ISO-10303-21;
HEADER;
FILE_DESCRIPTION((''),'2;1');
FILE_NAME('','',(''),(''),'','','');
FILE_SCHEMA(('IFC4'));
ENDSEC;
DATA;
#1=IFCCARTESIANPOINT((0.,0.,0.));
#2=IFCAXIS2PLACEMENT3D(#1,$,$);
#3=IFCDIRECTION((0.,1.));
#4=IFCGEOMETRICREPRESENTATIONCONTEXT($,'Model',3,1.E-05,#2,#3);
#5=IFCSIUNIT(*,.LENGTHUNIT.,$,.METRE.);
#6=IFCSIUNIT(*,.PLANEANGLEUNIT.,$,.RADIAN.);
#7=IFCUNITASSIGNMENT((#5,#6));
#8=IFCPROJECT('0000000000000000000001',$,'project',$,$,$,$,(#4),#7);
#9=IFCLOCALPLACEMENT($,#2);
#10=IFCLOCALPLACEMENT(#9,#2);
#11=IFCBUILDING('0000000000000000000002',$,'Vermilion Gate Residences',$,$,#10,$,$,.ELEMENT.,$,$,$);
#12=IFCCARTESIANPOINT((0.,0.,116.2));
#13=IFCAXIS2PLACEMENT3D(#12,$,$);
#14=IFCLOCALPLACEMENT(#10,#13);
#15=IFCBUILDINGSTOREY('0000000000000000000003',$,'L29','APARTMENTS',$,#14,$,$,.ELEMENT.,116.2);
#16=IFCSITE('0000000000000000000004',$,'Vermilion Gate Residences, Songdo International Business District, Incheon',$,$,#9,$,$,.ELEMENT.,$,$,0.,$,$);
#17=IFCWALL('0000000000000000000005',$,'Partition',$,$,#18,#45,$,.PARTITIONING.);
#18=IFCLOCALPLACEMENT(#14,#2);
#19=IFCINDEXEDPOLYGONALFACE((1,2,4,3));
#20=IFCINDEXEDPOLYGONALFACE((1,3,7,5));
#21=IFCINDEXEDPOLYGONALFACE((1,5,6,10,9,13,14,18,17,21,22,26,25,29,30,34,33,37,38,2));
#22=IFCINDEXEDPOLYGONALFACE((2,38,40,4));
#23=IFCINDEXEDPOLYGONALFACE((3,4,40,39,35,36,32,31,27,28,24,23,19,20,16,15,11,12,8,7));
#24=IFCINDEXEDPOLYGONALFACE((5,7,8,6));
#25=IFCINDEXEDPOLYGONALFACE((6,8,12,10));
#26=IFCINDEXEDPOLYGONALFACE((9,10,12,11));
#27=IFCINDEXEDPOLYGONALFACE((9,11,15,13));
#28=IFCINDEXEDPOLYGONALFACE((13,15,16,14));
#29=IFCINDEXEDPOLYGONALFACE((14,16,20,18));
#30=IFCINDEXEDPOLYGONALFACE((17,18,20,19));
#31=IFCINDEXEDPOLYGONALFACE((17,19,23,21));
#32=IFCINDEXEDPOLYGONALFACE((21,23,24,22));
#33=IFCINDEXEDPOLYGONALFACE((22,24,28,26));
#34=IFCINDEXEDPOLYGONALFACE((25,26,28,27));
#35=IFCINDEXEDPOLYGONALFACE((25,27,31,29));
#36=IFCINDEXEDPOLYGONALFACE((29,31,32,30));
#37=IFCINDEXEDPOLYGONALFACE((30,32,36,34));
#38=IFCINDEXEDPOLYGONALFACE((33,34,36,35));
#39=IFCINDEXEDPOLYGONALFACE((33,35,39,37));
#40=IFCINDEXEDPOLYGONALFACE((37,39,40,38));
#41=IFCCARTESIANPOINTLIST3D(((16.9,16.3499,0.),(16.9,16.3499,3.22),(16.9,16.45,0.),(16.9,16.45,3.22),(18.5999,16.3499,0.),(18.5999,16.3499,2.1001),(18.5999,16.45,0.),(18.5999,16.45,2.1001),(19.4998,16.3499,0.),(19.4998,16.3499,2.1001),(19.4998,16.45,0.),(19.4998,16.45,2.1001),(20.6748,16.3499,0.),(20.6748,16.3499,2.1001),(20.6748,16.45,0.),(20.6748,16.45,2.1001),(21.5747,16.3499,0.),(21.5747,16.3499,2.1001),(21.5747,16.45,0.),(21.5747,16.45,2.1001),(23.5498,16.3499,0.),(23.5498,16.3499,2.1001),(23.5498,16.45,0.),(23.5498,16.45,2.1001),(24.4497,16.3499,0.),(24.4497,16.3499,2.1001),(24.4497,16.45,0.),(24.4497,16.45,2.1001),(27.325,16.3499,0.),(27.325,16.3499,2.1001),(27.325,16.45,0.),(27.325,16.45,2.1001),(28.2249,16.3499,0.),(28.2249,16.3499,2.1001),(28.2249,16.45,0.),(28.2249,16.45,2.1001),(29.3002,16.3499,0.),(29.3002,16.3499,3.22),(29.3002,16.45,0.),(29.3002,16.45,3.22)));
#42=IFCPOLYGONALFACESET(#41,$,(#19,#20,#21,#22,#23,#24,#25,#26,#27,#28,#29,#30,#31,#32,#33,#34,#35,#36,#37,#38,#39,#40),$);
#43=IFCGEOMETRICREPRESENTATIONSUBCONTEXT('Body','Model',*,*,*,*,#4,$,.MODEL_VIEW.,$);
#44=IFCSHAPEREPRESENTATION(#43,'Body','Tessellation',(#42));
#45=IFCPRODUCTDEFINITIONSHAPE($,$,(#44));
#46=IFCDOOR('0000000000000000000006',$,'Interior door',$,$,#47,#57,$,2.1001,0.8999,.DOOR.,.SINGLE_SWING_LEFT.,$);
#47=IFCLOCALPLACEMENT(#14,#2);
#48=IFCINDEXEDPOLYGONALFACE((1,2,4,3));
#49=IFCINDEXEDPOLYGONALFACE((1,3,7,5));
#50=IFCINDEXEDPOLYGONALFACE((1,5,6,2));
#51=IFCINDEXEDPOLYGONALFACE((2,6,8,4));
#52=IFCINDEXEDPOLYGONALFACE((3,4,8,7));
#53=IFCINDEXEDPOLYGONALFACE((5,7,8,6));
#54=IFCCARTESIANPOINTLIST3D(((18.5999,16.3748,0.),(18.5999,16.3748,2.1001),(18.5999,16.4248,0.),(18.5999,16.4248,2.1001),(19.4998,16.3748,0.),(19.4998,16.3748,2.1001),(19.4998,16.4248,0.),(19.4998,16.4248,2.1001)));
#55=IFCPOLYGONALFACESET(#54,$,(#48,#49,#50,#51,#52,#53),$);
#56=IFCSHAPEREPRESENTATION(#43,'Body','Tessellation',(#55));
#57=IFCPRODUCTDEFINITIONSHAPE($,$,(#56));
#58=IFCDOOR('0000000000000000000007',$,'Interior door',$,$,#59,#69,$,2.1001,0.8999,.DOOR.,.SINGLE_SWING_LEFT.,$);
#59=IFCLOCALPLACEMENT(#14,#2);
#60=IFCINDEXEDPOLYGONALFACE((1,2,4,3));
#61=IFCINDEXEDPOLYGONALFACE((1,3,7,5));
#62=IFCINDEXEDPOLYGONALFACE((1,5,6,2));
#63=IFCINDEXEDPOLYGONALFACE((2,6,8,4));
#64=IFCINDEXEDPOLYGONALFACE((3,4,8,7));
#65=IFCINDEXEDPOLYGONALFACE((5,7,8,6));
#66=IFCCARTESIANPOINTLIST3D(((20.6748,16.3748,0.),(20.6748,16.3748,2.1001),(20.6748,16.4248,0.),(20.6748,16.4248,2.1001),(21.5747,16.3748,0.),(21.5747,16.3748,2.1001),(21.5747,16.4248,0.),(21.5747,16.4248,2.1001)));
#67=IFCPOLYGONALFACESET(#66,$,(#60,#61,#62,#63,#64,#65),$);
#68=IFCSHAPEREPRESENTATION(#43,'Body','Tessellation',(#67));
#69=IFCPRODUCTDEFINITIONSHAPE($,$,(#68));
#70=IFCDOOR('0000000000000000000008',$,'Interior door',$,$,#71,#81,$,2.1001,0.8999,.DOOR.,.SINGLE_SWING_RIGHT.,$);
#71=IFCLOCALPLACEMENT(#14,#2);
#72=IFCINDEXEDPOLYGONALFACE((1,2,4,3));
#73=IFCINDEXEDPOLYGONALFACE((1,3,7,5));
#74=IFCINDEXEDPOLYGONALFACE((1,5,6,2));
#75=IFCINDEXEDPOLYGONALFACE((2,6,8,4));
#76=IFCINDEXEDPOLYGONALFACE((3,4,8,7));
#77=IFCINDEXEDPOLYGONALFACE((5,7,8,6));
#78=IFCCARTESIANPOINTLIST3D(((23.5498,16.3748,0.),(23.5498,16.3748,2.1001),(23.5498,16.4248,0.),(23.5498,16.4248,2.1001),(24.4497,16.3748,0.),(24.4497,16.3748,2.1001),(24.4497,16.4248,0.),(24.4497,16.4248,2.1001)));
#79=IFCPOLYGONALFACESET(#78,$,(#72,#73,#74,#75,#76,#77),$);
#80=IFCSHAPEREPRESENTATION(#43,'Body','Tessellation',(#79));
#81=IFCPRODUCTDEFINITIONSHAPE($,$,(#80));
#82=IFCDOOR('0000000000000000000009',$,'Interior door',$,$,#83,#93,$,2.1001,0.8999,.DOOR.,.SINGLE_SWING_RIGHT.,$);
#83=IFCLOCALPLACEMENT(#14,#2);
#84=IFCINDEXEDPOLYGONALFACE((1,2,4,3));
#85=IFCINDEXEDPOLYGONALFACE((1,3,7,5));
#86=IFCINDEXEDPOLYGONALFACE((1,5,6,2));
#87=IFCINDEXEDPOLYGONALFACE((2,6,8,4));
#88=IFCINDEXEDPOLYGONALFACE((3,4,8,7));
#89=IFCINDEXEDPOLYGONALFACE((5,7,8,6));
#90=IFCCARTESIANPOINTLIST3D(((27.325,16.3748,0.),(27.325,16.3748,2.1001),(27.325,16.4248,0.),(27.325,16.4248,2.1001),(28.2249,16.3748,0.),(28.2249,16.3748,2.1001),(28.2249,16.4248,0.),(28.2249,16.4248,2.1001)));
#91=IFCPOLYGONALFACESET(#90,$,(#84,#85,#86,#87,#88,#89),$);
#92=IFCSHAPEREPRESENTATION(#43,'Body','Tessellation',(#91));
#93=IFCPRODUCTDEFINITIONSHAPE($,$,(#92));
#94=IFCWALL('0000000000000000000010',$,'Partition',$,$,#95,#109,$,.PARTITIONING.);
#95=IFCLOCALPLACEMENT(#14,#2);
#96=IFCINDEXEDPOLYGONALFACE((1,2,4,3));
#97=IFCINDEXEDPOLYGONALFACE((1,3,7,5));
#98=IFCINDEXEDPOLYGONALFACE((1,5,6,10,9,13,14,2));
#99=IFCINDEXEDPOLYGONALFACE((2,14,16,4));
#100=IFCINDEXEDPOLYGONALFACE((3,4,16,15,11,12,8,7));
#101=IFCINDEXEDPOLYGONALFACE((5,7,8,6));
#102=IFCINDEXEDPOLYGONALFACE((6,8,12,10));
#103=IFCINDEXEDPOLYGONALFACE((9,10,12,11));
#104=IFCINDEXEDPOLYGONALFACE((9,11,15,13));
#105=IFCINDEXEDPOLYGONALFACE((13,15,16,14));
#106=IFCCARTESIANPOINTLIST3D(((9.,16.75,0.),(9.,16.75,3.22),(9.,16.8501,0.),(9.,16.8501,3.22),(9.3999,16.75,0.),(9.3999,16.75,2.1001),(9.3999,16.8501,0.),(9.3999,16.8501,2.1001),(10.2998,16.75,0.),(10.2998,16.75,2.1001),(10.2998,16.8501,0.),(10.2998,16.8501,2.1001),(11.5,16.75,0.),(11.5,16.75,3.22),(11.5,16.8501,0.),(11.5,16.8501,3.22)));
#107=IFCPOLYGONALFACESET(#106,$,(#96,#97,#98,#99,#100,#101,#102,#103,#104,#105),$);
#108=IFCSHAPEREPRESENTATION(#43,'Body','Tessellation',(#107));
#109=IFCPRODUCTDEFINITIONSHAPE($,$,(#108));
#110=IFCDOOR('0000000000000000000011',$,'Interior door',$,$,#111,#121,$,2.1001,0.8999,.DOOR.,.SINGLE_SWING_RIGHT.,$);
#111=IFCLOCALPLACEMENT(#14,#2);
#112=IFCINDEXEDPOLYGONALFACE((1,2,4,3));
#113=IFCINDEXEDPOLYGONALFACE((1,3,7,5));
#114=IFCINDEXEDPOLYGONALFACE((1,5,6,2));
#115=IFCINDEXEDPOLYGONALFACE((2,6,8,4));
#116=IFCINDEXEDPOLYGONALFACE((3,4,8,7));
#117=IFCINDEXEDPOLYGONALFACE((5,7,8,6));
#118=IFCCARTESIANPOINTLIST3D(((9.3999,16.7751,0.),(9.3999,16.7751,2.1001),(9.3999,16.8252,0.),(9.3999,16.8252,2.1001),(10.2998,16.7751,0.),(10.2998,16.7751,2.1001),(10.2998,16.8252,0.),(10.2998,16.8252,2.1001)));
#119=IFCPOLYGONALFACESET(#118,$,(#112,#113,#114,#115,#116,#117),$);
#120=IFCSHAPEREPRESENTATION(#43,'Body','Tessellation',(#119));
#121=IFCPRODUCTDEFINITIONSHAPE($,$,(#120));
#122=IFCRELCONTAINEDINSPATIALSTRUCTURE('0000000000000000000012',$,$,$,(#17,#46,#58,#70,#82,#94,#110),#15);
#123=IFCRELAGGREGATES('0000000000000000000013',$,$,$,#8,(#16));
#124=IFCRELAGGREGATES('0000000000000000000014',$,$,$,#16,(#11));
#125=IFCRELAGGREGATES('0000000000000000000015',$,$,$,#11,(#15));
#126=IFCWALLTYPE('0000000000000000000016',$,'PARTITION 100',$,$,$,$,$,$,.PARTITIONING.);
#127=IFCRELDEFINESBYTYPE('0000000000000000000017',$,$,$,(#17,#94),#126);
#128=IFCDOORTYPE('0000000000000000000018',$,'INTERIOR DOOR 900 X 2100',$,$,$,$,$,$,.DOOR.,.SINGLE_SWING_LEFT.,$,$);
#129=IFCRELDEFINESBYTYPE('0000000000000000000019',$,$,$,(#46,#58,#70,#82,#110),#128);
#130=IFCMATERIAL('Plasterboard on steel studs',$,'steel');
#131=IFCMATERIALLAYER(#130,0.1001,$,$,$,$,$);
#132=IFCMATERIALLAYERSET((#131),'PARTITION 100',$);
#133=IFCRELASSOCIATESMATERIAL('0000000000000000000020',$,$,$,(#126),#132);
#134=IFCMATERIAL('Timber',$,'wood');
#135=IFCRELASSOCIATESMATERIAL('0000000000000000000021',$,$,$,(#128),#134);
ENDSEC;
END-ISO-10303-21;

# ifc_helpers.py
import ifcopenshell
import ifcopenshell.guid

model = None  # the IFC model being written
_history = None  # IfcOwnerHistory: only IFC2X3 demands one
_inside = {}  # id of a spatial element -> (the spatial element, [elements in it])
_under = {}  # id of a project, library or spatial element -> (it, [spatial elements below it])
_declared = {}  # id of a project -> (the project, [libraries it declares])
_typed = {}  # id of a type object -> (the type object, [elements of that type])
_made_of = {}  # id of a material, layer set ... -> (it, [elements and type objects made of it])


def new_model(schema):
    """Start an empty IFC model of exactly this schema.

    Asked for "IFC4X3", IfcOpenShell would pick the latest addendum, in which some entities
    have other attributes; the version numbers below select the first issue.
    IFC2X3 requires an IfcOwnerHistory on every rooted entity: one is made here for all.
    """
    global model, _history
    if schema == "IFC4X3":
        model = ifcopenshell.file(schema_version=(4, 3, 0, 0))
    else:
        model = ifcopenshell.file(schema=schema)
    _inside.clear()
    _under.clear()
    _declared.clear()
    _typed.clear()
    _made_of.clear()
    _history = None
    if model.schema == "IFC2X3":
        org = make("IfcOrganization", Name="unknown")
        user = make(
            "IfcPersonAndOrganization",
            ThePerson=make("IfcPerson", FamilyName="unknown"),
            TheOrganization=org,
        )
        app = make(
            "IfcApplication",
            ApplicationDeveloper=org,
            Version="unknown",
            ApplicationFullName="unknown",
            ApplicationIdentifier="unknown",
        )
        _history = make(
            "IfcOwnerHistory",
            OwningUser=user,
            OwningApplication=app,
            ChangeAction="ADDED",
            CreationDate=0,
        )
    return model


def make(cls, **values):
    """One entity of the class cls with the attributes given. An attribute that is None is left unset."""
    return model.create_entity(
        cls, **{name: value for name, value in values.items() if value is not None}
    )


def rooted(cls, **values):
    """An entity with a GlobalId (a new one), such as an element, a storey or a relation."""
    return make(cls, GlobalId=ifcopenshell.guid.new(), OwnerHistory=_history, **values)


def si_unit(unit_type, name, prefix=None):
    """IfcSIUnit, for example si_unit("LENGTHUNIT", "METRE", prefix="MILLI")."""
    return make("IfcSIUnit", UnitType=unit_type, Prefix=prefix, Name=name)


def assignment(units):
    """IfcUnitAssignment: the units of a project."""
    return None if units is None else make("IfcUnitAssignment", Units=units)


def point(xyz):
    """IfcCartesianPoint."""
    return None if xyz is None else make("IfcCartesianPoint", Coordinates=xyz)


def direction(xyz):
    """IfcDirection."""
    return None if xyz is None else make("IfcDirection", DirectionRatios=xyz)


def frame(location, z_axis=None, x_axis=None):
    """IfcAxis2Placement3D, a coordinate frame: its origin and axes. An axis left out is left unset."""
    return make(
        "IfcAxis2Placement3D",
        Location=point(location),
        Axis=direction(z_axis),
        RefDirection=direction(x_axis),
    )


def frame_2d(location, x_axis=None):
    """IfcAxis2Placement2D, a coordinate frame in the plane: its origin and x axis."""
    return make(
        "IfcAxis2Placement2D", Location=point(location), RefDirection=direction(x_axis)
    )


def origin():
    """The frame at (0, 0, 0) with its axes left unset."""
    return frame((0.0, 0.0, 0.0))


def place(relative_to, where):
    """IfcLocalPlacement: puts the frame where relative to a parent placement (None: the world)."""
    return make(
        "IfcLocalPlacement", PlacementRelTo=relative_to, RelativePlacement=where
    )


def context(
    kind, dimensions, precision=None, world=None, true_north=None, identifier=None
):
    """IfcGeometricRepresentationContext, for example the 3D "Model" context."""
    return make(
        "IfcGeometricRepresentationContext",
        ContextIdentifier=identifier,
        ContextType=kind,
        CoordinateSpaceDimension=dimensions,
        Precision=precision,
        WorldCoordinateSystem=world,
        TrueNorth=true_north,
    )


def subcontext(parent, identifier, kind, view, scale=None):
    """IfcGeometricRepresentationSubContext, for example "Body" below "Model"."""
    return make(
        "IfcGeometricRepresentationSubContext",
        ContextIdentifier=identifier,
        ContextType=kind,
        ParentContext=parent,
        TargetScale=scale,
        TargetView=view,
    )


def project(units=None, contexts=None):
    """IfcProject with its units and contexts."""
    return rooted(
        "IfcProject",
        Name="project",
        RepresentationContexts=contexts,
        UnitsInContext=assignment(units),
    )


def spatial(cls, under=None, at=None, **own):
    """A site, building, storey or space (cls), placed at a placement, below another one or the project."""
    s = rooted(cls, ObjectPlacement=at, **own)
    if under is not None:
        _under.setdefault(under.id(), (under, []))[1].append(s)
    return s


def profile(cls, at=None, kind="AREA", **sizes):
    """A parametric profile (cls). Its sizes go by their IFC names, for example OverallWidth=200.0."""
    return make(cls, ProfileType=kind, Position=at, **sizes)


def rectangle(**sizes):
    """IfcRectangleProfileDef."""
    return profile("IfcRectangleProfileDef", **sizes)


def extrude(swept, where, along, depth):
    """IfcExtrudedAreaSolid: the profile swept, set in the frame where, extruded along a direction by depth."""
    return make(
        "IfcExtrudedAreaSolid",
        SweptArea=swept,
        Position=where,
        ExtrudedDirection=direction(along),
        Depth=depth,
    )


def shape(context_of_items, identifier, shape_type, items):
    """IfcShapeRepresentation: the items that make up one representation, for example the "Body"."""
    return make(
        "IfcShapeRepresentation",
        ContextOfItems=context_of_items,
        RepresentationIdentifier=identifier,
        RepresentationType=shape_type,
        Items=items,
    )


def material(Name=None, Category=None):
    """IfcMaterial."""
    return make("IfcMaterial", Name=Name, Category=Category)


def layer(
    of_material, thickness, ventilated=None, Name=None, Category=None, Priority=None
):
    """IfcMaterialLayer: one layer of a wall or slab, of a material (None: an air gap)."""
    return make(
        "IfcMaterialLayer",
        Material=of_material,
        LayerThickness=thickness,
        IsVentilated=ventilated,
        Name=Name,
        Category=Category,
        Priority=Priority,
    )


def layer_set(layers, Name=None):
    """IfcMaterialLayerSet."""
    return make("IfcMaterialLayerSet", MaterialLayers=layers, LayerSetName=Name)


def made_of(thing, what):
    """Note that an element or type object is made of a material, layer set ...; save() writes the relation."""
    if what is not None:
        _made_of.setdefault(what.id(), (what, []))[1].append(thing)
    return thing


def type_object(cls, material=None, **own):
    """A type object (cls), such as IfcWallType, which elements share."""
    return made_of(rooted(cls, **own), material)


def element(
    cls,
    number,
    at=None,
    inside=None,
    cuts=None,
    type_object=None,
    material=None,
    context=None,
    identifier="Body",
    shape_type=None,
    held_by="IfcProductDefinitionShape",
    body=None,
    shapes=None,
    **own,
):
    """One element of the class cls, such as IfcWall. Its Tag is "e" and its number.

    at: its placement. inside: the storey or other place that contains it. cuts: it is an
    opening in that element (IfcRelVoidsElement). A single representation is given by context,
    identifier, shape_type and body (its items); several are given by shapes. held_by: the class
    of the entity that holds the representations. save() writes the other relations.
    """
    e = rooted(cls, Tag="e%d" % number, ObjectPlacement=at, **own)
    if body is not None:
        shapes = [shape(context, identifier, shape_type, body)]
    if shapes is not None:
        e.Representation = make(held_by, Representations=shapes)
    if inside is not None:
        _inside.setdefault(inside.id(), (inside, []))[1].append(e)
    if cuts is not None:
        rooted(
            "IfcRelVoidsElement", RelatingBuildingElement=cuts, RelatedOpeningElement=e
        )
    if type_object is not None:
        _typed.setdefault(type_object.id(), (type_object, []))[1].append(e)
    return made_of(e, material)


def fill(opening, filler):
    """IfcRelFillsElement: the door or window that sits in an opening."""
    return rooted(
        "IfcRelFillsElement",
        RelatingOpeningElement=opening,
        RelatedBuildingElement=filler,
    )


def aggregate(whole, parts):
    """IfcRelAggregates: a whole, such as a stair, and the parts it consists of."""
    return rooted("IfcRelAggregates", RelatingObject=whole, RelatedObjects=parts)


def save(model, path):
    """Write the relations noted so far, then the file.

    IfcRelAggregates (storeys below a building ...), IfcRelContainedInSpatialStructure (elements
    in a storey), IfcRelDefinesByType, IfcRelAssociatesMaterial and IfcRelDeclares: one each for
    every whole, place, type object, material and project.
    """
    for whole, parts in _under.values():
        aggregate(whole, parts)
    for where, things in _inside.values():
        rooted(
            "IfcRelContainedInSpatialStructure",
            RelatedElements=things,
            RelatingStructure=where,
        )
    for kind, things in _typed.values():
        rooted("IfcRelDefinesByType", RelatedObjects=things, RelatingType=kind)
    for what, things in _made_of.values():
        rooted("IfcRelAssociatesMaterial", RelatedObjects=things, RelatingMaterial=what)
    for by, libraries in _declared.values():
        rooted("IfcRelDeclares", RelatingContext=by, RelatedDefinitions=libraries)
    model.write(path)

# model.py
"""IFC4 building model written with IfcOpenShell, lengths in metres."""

from ifc_helpers import new_model, si_unit, direction, frame, frame_2d, origin, place, context, subcontext, project, spatial, rectangle, extrude, material, layer, layer_set, type_object, element, fill, save


model = new_model("IFC4")

# Units and contexts
model_context = context("Model", 3, precision=1e-05, world=origin(), true_north=direction((0.0, 1.0)))
body_context = subcontext(model_context, "Body", "Model", "MODEL_VIEW")
ifc_project = project(units=[si_unit("LENGTHUNIT", "METRE"), si_unit("PLANEANGLEUNIT", "RADIAN")], contexts=[model_context])

# Site, building, storey
site_placement = place(None, origin())
site = spatial("IfcSite", under=ifc_project, at=site_placement, Name="Vermilion Gate Residences, Songdo International Business District, Incheon", CompositionType="ELEMENT", RefElevation=0.0)
building_placement = place(site_placement, origin())
building = spatial("IfcBuilding", under=site, at=building_placement, Name="Vermilion Gate Residences", CompositionType="ELEMENT")
storey_placement = place(building_placement, frame((0.0, 0.0, 116.2)))
storey = spatial("IfcBuildingStorey", under=building, at=storey_placement, Name="L29", Description="APARTMENTS", CompositionType="ELEMENT", Elevation=116.2)

# Wall, openings, doors
ifc_material_1 = material(Name="Plasterboard on steel studs", Category="steel")
ifc_layer_1 = layer(ifc_material_1, 0.1001)
ifc_layer_set_1 = layer_set([ifc_layer_1], Name="PARTITION 100")
wall_type_1 = type_object("IfcWallType", Name="PARTITION 100", PredefinedType="PARTITIONING", material=ifc_layer_set_1)
wall_1_placement = place(storey_placement, frame((16.8999, 16.3999, 0.0), z_axis=(0.0, 0.0, 1.0), x_axis=(1.0, 0.0, 0.0)))
wall_1 = element("IfcWall", 1, at=wall_1_placement, inside=storey, type_object=wall_type_1, Name="Partition", PredefinedType="PARTITIONING", context=body_context, shape_type="SweptSolid", body=[
    extrude(rectangle(XDim=12.4001, YDim=0.1001, at=frame_2d((6.2002, 0.0))), origin(), (0.0, 0.0, 1.0), 3.22),
])
opening_1_placement = place(wall_1_placement, frame((1.7, 0.0, 0.0)))
opening_1 = element("IfcOpeningElement", 2, at=opening_1_placement, cuts=wall_1, PredefinedType="OPENING", context=body_context, shape_type="SweptSolid", body=[
    extrude(rectangle(XDim=0.8999, YDim=2.1001, at=frame_2d((0.45, 1.05))), frame((0.0, 0.0601, 0.0), z_axis=(0.0, -1.0, 0.0), x_axis=(1.0, 0.0, 0.0)), (0.0, 0.0, 1.0), 0.1201),
])
opening_2_placement = place(wall_1_placement, frame((3.7749, 0.0, 0.0)))
opening_2 = element("IfcOpeningElement", 3, at=opening_2_placement, cuts=wall_1, PredefinedType="OPENING", context=body_context, shape_type="SweptSolid", body=[
    extrude(rectangle(XDim=0.8999, YDim=2.1001, at=frame_2d((0.45, 1.05))), frame((0.0, 0.0601, 0.0), z_axis=(0.0, -1.0, 0.0), x_axis=(1.0, 0.0, 0.0)), (0.0, 0.0, 1.0), 0.1201),
])
opening_3_placement = place(wall_1_placement, frame((6.6499, 0.0, 0.0)))
opening_3 = element("IfcOpeningElement", 4, at=opening_3_placement, cuts=wall_1, PredefinedType="OPENING", context=body_context, shape_type="SweptSolid", body=[
    extrude(rectangle(XDim=0.8999, YDim=2.1001, at=frame_2d((0.45, 1.05))), frame((0.0, 0.0601, 0.0), z_axis=(0.0, -1.0, 0.0), x_axis=(1.0, 0.0, 0.0)), (0.0, 0.0, 1.0), 0.1201),
])
opening_4_placement = place(wall_1_placement, frame((10.425, 0.0, 0.0)))
opening_4 = element("IfcOpeningElement", 5, at=opening_4_placement, cuts=wall_1, PredefinedType="OPENING", context=body_context, shape_type="SweptSolid", body=[
    extrude(rectangle(XDim=0.8999, YDim=2.1001, at=frame_2d((0.45, 1.05))), frame((0.0, 0.0601, 0.0), z_axis=(0.0, -1.0, 0.0), x_axis=(1.0, 0.0, 0.0)), (0.0, 0.0, 1.0), 0.1201),
])
ifc_material_2 = material(Name="Timber", Category="wood")
door_type_1 = type_object("IfcDoorType", Name="INTERIOR DOOR 900 X 2100", OperationType="SINGLE_SWING_LEFT", PredefinedType="DOOR", material=ifc_material_2)
door_1_placement = place(opening_1_placement, origin())
door_1 = element("IfcDoor", 6, at=door_1_placement, inside=storey, type_object=door_type_1, Name="Interior door", OperationType="SINGLE_SWING_LEFT", OverallHeight=2.1001, OverallWidth=0.8999, PredefinedType="DOOR", context=body_context, shape_type="SweptSolid", body=[
    extrude(rectangle(XDim=0.8999, YDim=2.1001, at=frame_2d((0.45, 1.05))), frame((0.0, 0.0249, 0.0), z_axis=(0.0, -1.0, 0.0), x_axis=(1.0, 0.0, 0.0)), (0.0, 0.0, 1.0), 0.05),
])
fill(opening_1, door_1)
door_2_placement = place(opening_2_placement, origin())
door_2 = element("IfcDoor", 7, at=door_2_placement, inside=storey, type_object=door_type_1, Name="Interior door", OperationType="SINGLE_SWING_LEFT", OverallHeight=2.1001, OverallWidth=0.8999, PredefinedType="DOOR", context=body_context, shape_type="SweptSolid", body=[
    extrude(rectangle(XDim=0.8999, YDim=2.1001, at=frame_2d((0.45, 1.05))), frame((0.0, 0.0249, 0.0), z_axis=(0.0, -1.0, 0.0), x_axis=(1.0, 0.0, 0.0)), (0.0, 0.0, 1.0), 0.05),
])
fill(opening_2, door_2)
door_3_placement = place(opening_3_placement, origin())
door_3 = element("IfcDoor", 8, at=door_3_placement, inside=storey, type_object=door_type_1, Name="Interior door", OperationType="SINGLE_SWING_RIGHT", OverallHeight=2.1001, OverallWidth=0.8999, PredefinedType="DOOR", context=body_context, shape_type="SweptSolid", body=[
    extrude(rectangle(XDim=0.8999, YDim=2.1001, at=frame_2d((0.45, 1.05))), frame((0.0, 0.0249, 0.0), z_axis=(0.0, -1.0, 0.0), x_axis=(1.0, 0.0, 0.0)), (0.0, 0.0, 1.0), 0.05),
])
fill(opening_3, door_3)
door_4_placement = place(opening_4_placement, origin())
door_4 = element("IfcDoor", 9, at=door_4_placement, inside=storey, type_object=door_type_1, Name="Interior door", OperationType="SINGLE_SWING_RIGHT", OverallHeight=2.1001, OverallWidth=0.8999, PredefinedType="DOOR", context=body_context, shape_type="SweptSolid", body=[
    extrude(rectangle(XDim=0.8999, YDim=2.1001, at=frame_2d((0.45, 1.05))), frame((0.0, 0.0249, 0.0), z_axis=(0.0, -1.0, 0.0), x_axis=(1.0, 0.0, 0.0)), (0.0, 0.0, 1.0), 0.05),
])
fill(opening_4, door_4)

# Wall, opening, door
wall_2_placement = place(storey_placement, frame((9.0, 16.8, 0.0), z_axis=(0.0, 0.0, 1.0), x_axis=(1.0, 0.0, 0.0)))
wall_2 = element("IfcWall", 10, at=wall_2_placement, inside=storey, type_object=wall_type_1, Name="Partition", PredefinedType="PARTITIONING", context=body_context, shape_type="SweptSolid", body=[
    extrude(rectangle(XDim=2.5, YDim=0.1001, at=frame_2d((1.25, 0.0))), origin(), (0.0, 0.0, 1.0), 3.22),
])
opening_5_placement = place(wall_2_placement, frame((0.3999, 0.0, 0.0)))
opening_5 = element("IfcOpeningElement", 11, at=opening_5_placement, cuts=wall_2, PredefinedType="OPENING", context=body_context, shape_type="SweptSolid", body=[
    extrude(rectangle(XDim=0.8999, YDim=2.1001, at=frame_2d((0.45, 1.05))), frame((0.0, 0.0601, 0.0), z_axis=(0.0, -1.0, 0.0), x_axis=(1.0, 0.0, 0.0)), (0.0, 0.0, 1.0), 0.1201),
])
door_5_placement = place(opening_5_placement, frame((0.8999, 0.0, 0.0), z_axis=(0.0, 0.0, 1.0), x_axis=(-1.0, 0.0, 0.0)))
door_5 = element("IfcDoor", 12, at=door_5_placement, inside=storey, type_object=door_type_1, Name="Interior door", OperationType="SINGLE_SWING_RIGHT", OverallHeight=2.1001, OverallWidth=0.8999, PredefinedType="DOOR", context=body_context, shape_type="SweptSolid", body=[
    extrude(rectangle(XDim=0.8999, YDim=2.1001, at=frame_2d((0.45, 1.05))), frame((0.0, 0.0249, 0.0), z_axis=(0.0, -1.0, 0.0), x_axis=(1.0, 0.0, 0.0)), (0.0, 0.0, 1.0), 0.05),
])
fill(opening_5, door_5)

save(model, "model.ifc")
